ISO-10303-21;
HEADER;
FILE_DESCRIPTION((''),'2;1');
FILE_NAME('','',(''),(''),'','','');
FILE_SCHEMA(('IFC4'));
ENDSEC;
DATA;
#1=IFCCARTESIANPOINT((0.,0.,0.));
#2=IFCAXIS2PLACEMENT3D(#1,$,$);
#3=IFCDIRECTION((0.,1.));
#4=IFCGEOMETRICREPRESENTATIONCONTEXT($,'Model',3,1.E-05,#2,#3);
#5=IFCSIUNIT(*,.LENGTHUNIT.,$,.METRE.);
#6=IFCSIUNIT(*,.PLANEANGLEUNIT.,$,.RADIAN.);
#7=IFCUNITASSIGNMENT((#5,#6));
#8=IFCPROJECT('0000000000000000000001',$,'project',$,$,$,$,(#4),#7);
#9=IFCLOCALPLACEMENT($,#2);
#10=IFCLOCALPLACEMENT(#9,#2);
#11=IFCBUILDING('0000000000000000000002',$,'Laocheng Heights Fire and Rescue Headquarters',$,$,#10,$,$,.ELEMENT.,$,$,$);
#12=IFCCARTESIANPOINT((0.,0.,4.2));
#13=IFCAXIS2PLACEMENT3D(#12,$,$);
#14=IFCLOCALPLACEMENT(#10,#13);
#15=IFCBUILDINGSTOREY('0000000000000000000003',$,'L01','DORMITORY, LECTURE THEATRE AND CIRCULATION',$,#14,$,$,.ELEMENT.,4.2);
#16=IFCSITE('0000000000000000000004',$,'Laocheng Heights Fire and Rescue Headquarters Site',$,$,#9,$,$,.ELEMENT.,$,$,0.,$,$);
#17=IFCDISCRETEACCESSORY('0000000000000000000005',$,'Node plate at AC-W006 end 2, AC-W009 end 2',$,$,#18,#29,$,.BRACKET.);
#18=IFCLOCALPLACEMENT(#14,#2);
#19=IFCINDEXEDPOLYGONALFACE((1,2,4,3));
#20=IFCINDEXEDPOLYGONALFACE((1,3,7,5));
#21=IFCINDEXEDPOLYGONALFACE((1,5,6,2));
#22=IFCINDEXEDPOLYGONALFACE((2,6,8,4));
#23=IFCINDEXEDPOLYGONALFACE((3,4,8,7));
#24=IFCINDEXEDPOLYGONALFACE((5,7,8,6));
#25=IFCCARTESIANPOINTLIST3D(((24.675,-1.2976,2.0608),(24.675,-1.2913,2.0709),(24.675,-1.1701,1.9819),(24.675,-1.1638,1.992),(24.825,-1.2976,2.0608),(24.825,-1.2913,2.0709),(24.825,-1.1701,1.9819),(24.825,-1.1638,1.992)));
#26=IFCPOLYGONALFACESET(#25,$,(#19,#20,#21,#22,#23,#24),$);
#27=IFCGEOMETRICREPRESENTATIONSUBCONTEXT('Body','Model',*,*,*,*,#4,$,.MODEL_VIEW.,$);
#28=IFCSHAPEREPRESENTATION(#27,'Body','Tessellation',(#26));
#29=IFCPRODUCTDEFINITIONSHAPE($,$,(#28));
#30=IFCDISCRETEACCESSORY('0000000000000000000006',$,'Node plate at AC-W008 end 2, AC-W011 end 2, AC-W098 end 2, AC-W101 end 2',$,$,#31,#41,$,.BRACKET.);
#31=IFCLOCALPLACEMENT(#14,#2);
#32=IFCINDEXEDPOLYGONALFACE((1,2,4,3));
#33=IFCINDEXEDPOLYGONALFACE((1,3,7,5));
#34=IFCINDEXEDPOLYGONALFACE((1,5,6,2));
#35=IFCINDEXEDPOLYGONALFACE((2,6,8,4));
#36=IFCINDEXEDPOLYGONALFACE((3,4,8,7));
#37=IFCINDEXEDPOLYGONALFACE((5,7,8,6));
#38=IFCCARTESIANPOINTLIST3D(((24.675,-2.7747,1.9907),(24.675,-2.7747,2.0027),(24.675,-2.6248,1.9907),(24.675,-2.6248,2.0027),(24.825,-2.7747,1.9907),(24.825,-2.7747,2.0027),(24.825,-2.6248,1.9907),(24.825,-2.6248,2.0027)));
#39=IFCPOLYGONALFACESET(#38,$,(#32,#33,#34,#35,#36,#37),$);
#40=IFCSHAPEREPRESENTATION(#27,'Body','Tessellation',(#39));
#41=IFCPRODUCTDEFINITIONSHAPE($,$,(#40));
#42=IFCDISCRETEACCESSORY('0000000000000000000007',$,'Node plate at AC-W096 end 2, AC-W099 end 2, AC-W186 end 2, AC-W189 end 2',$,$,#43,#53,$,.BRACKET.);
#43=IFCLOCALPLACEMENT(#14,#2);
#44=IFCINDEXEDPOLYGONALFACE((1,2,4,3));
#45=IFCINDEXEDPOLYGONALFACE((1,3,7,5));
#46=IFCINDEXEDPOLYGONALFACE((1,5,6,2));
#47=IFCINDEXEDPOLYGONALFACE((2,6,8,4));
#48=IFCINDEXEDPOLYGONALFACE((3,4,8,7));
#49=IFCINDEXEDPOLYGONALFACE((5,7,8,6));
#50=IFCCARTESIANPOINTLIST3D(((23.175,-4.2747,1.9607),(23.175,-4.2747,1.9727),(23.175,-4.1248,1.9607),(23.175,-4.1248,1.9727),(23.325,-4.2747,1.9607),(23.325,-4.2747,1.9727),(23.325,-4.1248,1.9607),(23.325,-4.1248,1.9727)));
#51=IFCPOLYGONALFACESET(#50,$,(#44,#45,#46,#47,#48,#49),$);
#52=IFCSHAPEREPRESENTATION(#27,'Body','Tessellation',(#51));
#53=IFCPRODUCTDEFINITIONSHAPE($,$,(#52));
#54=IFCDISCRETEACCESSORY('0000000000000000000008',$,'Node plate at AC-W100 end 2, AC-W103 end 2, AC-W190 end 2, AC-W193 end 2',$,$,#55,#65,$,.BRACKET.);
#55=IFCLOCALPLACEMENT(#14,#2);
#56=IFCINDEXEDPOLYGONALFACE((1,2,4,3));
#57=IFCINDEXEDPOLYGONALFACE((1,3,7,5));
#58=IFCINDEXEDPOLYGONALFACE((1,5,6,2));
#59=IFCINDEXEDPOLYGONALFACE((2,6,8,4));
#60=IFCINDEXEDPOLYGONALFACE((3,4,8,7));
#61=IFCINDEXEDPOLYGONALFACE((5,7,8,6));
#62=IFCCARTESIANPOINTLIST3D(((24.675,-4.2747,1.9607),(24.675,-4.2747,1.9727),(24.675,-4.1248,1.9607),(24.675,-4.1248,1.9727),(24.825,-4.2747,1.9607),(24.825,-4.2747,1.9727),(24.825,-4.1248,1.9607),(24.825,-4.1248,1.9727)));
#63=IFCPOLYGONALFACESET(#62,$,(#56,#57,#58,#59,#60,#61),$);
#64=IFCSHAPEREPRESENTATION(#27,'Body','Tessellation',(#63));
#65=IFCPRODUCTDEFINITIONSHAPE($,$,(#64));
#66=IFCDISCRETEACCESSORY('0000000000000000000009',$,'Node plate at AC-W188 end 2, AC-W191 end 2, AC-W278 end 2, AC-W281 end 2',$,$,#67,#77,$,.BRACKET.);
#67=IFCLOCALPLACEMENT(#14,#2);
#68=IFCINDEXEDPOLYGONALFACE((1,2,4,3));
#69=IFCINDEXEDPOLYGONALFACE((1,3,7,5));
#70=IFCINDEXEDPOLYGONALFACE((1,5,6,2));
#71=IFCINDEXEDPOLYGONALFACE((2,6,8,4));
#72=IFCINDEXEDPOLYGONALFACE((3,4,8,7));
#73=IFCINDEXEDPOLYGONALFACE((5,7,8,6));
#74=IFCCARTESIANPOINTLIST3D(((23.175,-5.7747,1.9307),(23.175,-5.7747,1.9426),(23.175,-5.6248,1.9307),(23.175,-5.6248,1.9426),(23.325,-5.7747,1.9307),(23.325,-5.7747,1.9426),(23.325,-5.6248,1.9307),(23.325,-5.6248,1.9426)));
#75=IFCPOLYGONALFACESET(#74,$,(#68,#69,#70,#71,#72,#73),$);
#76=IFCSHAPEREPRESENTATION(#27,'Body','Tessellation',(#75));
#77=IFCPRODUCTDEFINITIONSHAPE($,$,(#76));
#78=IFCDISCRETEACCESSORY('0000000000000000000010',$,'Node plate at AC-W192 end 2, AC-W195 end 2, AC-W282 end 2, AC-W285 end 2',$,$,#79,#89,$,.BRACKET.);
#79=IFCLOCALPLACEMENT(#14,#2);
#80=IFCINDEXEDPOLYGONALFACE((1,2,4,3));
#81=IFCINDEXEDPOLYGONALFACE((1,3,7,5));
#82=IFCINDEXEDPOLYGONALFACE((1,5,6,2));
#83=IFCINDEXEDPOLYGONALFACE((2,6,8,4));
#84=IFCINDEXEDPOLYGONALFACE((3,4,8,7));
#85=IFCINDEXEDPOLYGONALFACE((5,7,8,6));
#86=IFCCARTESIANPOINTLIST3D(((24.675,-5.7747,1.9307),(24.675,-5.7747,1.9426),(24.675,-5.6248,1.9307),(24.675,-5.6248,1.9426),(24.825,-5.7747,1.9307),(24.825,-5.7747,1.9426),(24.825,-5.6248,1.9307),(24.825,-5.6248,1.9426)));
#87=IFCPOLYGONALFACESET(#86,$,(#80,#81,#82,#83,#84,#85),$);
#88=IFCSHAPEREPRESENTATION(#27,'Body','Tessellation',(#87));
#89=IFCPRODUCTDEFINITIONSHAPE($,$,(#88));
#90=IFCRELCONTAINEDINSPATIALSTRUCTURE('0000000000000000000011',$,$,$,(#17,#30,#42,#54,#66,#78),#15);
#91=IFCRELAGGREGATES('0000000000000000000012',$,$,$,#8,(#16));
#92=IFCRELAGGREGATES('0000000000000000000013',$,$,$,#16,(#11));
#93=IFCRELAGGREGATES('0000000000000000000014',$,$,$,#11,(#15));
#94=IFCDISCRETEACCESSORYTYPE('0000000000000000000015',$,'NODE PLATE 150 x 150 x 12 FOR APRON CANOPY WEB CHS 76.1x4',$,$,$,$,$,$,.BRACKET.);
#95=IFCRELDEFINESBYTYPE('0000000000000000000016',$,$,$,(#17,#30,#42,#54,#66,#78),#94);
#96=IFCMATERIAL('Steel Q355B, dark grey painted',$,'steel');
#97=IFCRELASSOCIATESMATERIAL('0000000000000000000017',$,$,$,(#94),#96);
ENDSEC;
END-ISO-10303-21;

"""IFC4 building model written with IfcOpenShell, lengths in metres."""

from ifc_helpers import new_model, si_unit, direction, frame, origin, origin_2d, place, context, subcontext, project, spatial, rectangle, extrude, material, material_profile, profile_set, type_object, element, save


model = new_model("IFC4")

# Units and contexts
model_context = context("Model", 3, precision=1e-05, world=origin(), true_north=direction((0.0, 1.0)))
body_context = subcontext(model_context, "Body", "Model", "MODEL_VIEW")
ifc_project = project(units=[si_unit("LENGTHUNIT", "METRE"), si_unit("PLANEANGLEUNIT", "RADIAN")], contexts=[model_context])

# Site, building, storey
site_placement = place(None, origin())
site = spatial("IfcSite", under=ifc_project, at=site_placement, Name="Laocheng Heights Fire and Rescue Headquarters Site", CompositionType="ELEMENT", RefElevation=0.0)
building_placement = place(site_placement, origin())
building = spatial("IfcBuilding", under=site, at=building_placement, Name="Laocheng Heights Fire and Rescue Headquarters", CompositionType="ELEMENT")
storey_placement = place(building_placement, frame((0.0, 0.0, 4.2)))
storey = spatial("IfcBuildingStorey", under=building, at=storey_placement, Name="L01", Description="DORMITORY, LECTURE THEATRE AND CIRCULATION", CompositionType="ELEMENT", Elevation=4.2)

# Discrete accessories
ifc_material_1 = material(Name="Steel Q355B, dark grey painted", Category="steel")
ifc_material_profile_1 = material_profile(ifc_material_1, rectangle(XDim=0.1499, YDim=0.1499, at=origin_2d()), Name="NODE PLATE 150 x 150 x 12 FOR APRON CANOPY WEB CHS 76.1x4")
ifc_profile_set_1 = profile_set([ifc_material_profile_1], Name="Steel Q355B, dark grey painted")
discrete_accessory_type = type_object("IfcDiscreteAccessoryType", Name="NODE PLATE 150 x 150 x 12 FOR APRON CANOPY WEB CHS 76.1x4", PredefinedType="BRACKET", material=ifc_profile_set_1)
for number, where, z_axis, x_axis, name in (
    (1, (24.75, -1.2275, 2.0315), (0.0, -0.526355, -0.850265), (1.0, 0.0, 0.0), "Node plate at AC-W006 end 2, AC-W009 end 2"),
    (2, (24.75, -2.6997, 2.0027), (0.0, 0.0, -1.0), (1.0, 0.0, 0.0), "Node plate at AC-W008 end 2, AC-W011 end 2, AC-W098 end 2, AC-W101 end 2"),
    (3, (23.25, -4.1997, 1.9727), (0.0, 0.0, -1.0), (1.0, 0.0, 0.0), "Node plate at AC-W096 end 2, AC-W099 end 2, AC-W186 end 2, AC-W189 end 2"),
    (4, (24.75, -4.1997, 1.9727), (0.0, 0.0, -1.0), (1.0, 0.0, 0.0), "Node plate at AC-W100 end 2, AC-W103 end 2, AC-W190 end 2, AC-W193 end 2"),
    (5, (23.25, -5.6997, 1.9426), (0.0, 0.0, -1.0), (1.0, 0.0, 0.0), "Node plate at AC-W188 end 2, AC-W191 end 2, AC-W278 end 2, AC-W281 end 2"),
    (6, (24.75, -5.6997, 1.9426), (0.0, 0.0, -1.0), (1.0, 0.0, 0.0), "Node plate at AC-W192 end 2, AC-W195 end 2, AC-W282 end 2, AC-W285 end 2"),
):
    element("IfcDiscreteAccessory", number, at=place(storey_placement, frame(where, z_axis=z_axis, x_axis=x_axis)), inside=storey, type_object=discrete_accessory_type, Name=name, PredefinedType="BRACKET", context=body_context, shape_type="SweptSolid", body=[
        extrude(rectangle(XDim=0.1499, YDim=0.1499, at=origin_2d()), origin(), (0.0, 0.0, 1.0), 0.012),
    ])

save(model, "model.ifc")
